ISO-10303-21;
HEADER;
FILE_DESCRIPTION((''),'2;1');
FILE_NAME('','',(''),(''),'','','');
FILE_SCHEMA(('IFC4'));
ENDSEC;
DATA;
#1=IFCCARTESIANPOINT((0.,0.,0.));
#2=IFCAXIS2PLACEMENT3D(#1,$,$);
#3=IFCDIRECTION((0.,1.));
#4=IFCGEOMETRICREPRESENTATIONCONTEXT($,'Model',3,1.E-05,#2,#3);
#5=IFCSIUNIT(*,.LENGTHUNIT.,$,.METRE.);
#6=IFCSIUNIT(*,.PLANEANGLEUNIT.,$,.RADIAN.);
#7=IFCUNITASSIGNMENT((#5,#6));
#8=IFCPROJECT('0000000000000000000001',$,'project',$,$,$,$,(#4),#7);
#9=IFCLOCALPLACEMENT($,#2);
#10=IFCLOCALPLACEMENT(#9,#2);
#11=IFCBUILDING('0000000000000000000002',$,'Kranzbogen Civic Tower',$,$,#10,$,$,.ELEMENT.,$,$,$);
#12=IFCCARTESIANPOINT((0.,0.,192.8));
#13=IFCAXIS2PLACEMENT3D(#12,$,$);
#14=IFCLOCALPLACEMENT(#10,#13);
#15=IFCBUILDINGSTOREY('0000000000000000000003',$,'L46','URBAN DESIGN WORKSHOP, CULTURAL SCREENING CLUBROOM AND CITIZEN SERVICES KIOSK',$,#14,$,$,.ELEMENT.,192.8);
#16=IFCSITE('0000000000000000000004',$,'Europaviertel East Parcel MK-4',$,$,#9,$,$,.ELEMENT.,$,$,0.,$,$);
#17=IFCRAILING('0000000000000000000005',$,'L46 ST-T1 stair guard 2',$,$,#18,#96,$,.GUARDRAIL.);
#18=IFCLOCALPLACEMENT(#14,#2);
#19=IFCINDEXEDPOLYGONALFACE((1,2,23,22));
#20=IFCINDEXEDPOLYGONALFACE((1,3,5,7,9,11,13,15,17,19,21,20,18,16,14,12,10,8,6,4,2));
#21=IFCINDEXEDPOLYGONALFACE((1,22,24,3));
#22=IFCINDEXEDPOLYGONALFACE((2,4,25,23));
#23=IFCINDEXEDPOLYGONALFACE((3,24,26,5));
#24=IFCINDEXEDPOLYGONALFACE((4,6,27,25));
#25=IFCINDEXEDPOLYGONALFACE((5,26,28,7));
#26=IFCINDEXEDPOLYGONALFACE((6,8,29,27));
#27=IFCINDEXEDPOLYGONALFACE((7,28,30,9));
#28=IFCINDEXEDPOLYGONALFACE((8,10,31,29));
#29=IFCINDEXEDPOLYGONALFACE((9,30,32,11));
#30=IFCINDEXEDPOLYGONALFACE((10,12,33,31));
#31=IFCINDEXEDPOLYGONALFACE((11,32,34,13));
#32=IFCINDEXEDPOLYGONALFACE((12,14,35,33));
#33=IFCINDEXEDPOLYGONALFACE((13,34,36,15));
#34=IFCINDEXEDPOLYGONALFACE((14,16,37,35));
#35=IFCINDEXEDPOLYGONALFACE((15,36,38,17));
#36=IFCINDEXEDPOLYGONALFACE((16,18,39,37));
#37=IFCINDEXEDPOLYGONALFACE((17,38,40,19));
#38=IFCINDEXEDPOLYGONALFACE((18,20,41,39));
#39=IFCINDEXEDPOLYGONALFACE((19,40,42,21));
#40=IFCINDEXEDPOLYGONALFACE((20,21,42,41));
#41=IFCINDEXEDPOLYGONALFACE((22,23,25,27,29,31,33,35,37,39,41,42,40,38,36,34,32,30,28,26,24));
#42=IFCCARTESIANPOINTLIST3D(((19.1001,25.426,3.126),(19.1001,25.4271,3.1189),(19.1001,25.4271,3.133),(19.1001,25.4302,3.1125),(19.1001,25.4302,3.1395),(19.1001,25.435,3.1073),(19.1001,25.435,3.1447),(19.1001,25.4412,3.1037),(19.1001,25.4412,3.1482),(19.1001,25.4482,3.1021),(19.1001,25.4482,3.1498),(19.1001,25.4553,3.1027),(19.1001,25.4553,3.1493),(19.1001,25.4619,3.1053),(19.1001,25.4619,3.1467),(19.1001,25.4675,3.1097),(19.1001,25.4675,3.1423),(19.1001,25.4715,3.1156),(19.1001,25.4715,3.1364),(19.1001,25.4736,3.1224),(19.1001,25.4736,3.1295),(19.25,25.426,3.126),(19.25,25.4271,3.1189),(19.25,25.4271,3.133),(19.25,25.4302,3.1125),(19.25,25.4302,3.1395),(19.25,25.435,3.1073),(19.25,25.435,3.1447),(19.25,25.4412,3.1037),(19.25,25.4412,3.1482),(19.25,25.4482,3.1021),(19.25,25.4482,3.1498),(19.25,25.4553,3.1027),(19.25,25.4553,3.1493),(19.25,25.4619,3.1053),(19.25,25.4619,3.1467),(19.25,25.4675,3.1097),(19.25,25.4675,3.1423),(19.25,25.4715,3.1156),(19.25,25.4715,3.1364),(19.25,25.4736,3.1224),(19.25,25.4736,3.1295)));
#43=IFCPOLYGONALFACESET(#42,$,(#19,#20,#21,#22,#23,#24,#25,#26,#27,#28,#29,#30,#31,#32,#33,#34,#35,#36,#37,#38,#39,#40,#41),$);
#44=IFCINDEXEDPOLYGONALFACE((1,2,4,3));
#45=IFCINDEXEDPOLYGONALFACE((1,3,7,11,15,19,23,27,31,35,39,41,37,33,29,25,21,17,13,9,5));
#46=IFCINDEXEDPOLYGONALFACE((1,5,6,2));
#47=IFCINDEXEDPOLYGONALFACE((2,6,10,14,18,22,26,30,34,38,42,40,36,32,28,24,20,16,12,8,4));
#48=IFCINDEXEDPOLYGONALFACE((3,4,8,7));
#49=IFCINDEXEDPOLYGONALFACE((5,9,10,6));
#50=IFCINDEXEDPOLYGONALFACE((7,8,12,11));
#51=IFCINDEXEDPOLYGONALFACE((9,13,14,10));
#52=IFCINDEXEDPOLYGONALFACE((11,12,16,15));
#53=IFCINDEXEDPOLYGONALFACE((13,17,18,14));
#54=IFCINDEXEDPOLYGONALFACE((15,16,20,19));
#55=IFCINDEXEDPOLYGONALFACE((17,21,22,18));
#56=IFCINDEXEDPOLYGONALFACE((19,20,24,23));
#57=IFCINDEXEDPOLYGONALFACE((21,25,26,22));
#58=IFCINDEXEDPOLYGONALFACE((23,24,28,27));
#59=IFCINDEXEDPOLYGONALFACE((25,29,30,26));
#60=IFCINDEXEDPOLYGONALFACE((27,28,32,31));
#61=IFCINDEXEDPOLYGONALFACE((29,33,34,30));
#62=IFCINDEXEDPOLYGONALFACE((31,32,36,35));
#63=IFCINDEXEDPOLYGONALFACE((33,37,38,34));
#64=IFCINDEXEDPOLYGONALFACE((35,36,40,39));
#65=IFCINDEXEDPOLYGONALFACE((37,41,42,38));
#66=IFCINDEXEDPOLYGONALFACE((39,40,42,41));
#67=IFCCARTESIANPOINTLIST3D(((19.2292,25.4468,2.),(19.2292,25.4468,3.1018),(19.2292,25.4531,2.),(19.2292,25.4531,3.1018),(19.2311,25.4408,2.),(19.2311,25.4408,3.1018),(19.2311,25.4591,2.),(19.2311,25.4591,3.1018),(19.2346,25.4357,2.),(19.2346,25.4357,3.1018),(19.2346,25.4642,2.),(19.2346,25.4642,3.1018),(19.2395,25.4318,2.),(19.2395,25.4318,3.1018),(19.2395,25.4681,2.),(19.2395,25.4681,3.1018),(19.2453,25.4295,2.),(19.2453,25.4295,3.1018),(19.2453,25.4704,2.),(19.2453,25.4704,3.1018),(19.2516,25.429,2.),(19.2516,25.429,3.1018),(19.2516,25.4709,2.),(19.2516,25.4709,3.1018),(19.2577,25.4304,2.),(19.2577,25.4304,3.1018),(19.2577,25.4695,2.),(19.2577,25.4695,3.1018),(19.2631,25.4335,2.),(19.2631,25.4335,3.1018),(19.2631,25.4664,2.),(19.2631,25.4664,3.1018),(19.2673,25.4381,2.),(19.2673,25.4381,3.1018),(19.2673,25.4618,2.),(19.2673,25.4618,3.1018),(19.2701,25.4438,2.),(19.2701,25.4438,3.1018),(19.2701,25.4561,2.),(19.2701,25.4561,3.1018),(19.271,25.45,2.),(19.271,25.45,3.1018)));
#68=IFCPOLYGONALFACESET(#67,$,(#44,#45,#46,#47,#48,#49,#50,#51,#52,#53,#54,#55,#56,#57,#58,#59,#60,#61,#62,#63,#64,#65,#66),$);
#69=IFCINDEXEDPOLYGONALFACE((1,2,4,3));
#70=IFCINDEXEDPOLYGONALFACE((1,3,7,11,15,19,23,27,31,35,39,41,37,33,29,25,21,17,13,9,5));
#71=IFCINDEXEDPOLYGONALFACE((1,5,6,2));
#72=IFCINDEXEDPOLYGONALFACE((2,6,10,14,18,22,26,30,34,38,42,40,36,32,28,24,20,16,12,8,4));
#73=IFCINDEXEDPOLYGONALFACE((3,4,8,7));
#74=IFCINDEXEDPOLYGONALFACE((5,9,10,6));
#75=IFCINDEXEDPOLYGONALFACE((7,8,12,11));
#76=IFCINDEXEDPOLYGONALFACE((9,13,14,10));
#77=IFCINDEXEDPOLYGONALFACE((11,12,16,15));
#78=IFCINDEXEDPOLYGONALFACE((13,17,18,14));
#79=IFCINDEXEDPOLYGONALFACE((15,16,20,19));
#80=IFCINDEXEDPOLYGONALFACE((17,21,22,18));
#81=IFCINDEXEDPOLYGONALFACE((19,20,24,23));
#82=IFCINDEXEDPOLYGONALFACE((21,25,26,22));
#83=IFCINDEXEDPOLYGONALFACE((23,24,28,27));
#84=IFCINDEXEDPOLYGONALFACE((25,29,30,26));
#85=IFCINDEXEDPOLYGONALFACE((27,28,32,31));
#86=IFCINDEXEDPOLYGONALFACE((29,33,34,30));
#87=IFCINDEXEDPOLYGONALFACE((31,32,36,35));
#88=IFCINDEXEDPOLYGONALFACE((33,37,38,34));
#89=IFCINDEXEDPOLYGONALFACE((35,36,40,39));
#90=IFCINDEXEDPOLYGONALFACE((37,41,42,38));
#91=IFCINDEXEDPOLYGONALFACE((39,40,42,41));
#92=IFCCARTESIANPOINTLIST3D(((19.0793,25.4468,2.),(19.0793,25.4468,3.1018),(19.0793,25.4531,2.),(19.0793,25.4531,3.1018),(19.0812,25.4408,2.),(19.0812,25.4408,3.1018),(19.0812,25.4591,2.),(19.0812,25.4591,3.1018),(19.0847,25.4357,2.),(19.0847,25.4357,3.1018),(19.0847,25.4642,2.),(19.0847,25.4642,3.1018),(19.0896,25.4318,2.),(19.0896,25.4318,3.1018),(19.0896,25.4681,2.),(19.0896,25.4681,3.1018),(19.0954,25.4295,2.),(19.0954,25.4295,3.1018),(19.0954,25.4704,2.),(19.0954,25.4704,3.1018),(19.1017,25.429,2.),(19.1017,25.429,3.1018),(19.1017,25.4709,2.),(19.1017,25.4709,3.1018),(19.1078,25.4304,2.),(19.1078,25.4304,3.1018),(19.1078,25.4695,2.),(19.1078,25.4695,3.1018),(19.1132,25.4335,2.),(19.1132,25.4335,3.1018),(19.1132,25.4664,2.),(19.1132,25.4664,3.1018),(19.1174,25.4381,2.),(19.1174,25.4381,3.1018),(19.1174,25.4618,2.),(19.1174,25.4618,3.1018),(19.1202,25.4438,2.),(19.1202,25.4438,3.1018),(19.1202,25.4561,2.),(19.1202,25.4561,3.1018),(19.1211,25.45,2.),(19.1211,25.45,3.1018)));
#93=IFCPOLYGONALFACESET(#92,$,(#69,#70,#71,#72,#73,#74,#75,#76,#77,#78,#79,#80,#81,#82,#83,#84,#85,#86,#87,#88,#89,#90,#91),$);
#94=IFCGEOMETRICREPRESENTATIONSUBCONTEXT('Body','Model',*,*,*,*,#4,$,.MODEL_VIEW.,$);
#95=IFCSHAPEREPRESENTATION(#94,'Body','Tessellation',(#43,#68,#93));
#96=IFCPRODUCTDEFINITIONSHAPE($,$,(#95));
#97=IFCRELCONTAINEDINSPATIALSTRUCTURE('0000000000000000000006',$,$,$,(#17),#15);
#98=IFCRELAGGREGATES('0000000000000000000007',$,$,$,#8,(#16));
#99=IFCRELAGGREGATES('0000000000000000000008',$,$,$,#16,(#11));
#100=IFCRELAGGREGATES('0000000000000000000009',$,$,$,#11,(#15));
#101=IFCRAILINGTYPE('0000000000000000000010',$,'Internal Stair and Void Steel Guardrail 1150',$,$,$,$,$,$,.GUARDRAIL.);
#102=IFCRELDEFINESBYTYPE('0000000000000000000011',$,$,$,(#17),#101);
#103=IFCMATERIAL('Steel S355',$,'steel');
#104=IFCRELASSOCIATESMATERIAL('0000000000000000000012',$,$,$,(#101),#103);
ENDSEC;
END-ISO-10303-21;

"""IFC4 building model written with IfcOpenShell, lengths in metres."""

from ifc_helpers import new_model, si_unit, direction, frame, origin, origin_2d, place, context, subcontext, project, spatial, circle, extrude, material, type_object, element, save


model = new_model("IFC4")

# Units and contexts
model_context = context("Model", 3, precision=1e-05, world=origin(), true_north=direction((0.0, 1.0)))
body_context = subcontext(model_context, "Body", "Model", "MODEL_VIEW")
ifc_project = project(units=[si_unit("LENGTHUNIT", "METRE"), si_unit("PLANEANGLEUNIT", "RADIAN")], contexts=[model_context])

# Site, building, storey
site_placement = place(None, origin())
site = spatial("IfcSite", under=ifc_project, at=site_placement, Name="Europaviertel East Parcel MK-4", CompositionType="ELEMENT", RefElevation=0.0)
building_placement = place(site_placement, origin())
building = spatial("IfcBuilding", under=site, at=building_placement, Name="Kranzbogen Civic Tower", CompositionType="ELEMENT")
storey_placement = place(building_placement, frame((0.0, 0.0, 192.8)))
storey = spatial("IfcBuildingStorey", under=building, at=storey_placement, Name="L46", Description="URBAN DESIGN WORKSHOP, CULTURAL SCREENING CLUBROOM AND CITIZEN SERVICES KIOSK", CompositionType="ELEMENT", Elevation=192.8)

# Shared definitions
ifc_material_1 = material(Name="Steel S355", Category="steel")

# Railing
railing_type_1 = type_object("IfcRailingType", Name="Internal Stair and Void Steel Guardrail 1150", PredefinedType="GUARDRAIL", material=ifc_material_1)
railing_1_placement = place(storey_placement, frame((19.25, 25.45, 2.0)))
element("IfcRailing", 1, at=railing_1_placement, inside=storey, type_object=railing_type_1, Name="L46 ST-T1 stair guard 2", PredefinedType="GUARDRAIL", context=body_context, shape_type="SweptSolid", body=[
    extrude(circle(Radius=0.0239, at=origin_2d()), frame((0.0, 0.0, 1.126), z_axis=(-1.0, 0.0, 0.0), x_axis=(0.0, -1.0, 0.0)), (0.0, 0.0, 1.0), 0.1499),
    extrude(circle(Radius=0.021, at=origin_2d()), origin(), (0.0, 0.0, 1.0), 1.1018),
    extrude(circle(Radius=0.021, at=origin_2d()), frame((-0.1499, 0.0, 0.0)), (0.0, 0.0, 1.0), 1.1018),
])

save(model, "model.ifc")
